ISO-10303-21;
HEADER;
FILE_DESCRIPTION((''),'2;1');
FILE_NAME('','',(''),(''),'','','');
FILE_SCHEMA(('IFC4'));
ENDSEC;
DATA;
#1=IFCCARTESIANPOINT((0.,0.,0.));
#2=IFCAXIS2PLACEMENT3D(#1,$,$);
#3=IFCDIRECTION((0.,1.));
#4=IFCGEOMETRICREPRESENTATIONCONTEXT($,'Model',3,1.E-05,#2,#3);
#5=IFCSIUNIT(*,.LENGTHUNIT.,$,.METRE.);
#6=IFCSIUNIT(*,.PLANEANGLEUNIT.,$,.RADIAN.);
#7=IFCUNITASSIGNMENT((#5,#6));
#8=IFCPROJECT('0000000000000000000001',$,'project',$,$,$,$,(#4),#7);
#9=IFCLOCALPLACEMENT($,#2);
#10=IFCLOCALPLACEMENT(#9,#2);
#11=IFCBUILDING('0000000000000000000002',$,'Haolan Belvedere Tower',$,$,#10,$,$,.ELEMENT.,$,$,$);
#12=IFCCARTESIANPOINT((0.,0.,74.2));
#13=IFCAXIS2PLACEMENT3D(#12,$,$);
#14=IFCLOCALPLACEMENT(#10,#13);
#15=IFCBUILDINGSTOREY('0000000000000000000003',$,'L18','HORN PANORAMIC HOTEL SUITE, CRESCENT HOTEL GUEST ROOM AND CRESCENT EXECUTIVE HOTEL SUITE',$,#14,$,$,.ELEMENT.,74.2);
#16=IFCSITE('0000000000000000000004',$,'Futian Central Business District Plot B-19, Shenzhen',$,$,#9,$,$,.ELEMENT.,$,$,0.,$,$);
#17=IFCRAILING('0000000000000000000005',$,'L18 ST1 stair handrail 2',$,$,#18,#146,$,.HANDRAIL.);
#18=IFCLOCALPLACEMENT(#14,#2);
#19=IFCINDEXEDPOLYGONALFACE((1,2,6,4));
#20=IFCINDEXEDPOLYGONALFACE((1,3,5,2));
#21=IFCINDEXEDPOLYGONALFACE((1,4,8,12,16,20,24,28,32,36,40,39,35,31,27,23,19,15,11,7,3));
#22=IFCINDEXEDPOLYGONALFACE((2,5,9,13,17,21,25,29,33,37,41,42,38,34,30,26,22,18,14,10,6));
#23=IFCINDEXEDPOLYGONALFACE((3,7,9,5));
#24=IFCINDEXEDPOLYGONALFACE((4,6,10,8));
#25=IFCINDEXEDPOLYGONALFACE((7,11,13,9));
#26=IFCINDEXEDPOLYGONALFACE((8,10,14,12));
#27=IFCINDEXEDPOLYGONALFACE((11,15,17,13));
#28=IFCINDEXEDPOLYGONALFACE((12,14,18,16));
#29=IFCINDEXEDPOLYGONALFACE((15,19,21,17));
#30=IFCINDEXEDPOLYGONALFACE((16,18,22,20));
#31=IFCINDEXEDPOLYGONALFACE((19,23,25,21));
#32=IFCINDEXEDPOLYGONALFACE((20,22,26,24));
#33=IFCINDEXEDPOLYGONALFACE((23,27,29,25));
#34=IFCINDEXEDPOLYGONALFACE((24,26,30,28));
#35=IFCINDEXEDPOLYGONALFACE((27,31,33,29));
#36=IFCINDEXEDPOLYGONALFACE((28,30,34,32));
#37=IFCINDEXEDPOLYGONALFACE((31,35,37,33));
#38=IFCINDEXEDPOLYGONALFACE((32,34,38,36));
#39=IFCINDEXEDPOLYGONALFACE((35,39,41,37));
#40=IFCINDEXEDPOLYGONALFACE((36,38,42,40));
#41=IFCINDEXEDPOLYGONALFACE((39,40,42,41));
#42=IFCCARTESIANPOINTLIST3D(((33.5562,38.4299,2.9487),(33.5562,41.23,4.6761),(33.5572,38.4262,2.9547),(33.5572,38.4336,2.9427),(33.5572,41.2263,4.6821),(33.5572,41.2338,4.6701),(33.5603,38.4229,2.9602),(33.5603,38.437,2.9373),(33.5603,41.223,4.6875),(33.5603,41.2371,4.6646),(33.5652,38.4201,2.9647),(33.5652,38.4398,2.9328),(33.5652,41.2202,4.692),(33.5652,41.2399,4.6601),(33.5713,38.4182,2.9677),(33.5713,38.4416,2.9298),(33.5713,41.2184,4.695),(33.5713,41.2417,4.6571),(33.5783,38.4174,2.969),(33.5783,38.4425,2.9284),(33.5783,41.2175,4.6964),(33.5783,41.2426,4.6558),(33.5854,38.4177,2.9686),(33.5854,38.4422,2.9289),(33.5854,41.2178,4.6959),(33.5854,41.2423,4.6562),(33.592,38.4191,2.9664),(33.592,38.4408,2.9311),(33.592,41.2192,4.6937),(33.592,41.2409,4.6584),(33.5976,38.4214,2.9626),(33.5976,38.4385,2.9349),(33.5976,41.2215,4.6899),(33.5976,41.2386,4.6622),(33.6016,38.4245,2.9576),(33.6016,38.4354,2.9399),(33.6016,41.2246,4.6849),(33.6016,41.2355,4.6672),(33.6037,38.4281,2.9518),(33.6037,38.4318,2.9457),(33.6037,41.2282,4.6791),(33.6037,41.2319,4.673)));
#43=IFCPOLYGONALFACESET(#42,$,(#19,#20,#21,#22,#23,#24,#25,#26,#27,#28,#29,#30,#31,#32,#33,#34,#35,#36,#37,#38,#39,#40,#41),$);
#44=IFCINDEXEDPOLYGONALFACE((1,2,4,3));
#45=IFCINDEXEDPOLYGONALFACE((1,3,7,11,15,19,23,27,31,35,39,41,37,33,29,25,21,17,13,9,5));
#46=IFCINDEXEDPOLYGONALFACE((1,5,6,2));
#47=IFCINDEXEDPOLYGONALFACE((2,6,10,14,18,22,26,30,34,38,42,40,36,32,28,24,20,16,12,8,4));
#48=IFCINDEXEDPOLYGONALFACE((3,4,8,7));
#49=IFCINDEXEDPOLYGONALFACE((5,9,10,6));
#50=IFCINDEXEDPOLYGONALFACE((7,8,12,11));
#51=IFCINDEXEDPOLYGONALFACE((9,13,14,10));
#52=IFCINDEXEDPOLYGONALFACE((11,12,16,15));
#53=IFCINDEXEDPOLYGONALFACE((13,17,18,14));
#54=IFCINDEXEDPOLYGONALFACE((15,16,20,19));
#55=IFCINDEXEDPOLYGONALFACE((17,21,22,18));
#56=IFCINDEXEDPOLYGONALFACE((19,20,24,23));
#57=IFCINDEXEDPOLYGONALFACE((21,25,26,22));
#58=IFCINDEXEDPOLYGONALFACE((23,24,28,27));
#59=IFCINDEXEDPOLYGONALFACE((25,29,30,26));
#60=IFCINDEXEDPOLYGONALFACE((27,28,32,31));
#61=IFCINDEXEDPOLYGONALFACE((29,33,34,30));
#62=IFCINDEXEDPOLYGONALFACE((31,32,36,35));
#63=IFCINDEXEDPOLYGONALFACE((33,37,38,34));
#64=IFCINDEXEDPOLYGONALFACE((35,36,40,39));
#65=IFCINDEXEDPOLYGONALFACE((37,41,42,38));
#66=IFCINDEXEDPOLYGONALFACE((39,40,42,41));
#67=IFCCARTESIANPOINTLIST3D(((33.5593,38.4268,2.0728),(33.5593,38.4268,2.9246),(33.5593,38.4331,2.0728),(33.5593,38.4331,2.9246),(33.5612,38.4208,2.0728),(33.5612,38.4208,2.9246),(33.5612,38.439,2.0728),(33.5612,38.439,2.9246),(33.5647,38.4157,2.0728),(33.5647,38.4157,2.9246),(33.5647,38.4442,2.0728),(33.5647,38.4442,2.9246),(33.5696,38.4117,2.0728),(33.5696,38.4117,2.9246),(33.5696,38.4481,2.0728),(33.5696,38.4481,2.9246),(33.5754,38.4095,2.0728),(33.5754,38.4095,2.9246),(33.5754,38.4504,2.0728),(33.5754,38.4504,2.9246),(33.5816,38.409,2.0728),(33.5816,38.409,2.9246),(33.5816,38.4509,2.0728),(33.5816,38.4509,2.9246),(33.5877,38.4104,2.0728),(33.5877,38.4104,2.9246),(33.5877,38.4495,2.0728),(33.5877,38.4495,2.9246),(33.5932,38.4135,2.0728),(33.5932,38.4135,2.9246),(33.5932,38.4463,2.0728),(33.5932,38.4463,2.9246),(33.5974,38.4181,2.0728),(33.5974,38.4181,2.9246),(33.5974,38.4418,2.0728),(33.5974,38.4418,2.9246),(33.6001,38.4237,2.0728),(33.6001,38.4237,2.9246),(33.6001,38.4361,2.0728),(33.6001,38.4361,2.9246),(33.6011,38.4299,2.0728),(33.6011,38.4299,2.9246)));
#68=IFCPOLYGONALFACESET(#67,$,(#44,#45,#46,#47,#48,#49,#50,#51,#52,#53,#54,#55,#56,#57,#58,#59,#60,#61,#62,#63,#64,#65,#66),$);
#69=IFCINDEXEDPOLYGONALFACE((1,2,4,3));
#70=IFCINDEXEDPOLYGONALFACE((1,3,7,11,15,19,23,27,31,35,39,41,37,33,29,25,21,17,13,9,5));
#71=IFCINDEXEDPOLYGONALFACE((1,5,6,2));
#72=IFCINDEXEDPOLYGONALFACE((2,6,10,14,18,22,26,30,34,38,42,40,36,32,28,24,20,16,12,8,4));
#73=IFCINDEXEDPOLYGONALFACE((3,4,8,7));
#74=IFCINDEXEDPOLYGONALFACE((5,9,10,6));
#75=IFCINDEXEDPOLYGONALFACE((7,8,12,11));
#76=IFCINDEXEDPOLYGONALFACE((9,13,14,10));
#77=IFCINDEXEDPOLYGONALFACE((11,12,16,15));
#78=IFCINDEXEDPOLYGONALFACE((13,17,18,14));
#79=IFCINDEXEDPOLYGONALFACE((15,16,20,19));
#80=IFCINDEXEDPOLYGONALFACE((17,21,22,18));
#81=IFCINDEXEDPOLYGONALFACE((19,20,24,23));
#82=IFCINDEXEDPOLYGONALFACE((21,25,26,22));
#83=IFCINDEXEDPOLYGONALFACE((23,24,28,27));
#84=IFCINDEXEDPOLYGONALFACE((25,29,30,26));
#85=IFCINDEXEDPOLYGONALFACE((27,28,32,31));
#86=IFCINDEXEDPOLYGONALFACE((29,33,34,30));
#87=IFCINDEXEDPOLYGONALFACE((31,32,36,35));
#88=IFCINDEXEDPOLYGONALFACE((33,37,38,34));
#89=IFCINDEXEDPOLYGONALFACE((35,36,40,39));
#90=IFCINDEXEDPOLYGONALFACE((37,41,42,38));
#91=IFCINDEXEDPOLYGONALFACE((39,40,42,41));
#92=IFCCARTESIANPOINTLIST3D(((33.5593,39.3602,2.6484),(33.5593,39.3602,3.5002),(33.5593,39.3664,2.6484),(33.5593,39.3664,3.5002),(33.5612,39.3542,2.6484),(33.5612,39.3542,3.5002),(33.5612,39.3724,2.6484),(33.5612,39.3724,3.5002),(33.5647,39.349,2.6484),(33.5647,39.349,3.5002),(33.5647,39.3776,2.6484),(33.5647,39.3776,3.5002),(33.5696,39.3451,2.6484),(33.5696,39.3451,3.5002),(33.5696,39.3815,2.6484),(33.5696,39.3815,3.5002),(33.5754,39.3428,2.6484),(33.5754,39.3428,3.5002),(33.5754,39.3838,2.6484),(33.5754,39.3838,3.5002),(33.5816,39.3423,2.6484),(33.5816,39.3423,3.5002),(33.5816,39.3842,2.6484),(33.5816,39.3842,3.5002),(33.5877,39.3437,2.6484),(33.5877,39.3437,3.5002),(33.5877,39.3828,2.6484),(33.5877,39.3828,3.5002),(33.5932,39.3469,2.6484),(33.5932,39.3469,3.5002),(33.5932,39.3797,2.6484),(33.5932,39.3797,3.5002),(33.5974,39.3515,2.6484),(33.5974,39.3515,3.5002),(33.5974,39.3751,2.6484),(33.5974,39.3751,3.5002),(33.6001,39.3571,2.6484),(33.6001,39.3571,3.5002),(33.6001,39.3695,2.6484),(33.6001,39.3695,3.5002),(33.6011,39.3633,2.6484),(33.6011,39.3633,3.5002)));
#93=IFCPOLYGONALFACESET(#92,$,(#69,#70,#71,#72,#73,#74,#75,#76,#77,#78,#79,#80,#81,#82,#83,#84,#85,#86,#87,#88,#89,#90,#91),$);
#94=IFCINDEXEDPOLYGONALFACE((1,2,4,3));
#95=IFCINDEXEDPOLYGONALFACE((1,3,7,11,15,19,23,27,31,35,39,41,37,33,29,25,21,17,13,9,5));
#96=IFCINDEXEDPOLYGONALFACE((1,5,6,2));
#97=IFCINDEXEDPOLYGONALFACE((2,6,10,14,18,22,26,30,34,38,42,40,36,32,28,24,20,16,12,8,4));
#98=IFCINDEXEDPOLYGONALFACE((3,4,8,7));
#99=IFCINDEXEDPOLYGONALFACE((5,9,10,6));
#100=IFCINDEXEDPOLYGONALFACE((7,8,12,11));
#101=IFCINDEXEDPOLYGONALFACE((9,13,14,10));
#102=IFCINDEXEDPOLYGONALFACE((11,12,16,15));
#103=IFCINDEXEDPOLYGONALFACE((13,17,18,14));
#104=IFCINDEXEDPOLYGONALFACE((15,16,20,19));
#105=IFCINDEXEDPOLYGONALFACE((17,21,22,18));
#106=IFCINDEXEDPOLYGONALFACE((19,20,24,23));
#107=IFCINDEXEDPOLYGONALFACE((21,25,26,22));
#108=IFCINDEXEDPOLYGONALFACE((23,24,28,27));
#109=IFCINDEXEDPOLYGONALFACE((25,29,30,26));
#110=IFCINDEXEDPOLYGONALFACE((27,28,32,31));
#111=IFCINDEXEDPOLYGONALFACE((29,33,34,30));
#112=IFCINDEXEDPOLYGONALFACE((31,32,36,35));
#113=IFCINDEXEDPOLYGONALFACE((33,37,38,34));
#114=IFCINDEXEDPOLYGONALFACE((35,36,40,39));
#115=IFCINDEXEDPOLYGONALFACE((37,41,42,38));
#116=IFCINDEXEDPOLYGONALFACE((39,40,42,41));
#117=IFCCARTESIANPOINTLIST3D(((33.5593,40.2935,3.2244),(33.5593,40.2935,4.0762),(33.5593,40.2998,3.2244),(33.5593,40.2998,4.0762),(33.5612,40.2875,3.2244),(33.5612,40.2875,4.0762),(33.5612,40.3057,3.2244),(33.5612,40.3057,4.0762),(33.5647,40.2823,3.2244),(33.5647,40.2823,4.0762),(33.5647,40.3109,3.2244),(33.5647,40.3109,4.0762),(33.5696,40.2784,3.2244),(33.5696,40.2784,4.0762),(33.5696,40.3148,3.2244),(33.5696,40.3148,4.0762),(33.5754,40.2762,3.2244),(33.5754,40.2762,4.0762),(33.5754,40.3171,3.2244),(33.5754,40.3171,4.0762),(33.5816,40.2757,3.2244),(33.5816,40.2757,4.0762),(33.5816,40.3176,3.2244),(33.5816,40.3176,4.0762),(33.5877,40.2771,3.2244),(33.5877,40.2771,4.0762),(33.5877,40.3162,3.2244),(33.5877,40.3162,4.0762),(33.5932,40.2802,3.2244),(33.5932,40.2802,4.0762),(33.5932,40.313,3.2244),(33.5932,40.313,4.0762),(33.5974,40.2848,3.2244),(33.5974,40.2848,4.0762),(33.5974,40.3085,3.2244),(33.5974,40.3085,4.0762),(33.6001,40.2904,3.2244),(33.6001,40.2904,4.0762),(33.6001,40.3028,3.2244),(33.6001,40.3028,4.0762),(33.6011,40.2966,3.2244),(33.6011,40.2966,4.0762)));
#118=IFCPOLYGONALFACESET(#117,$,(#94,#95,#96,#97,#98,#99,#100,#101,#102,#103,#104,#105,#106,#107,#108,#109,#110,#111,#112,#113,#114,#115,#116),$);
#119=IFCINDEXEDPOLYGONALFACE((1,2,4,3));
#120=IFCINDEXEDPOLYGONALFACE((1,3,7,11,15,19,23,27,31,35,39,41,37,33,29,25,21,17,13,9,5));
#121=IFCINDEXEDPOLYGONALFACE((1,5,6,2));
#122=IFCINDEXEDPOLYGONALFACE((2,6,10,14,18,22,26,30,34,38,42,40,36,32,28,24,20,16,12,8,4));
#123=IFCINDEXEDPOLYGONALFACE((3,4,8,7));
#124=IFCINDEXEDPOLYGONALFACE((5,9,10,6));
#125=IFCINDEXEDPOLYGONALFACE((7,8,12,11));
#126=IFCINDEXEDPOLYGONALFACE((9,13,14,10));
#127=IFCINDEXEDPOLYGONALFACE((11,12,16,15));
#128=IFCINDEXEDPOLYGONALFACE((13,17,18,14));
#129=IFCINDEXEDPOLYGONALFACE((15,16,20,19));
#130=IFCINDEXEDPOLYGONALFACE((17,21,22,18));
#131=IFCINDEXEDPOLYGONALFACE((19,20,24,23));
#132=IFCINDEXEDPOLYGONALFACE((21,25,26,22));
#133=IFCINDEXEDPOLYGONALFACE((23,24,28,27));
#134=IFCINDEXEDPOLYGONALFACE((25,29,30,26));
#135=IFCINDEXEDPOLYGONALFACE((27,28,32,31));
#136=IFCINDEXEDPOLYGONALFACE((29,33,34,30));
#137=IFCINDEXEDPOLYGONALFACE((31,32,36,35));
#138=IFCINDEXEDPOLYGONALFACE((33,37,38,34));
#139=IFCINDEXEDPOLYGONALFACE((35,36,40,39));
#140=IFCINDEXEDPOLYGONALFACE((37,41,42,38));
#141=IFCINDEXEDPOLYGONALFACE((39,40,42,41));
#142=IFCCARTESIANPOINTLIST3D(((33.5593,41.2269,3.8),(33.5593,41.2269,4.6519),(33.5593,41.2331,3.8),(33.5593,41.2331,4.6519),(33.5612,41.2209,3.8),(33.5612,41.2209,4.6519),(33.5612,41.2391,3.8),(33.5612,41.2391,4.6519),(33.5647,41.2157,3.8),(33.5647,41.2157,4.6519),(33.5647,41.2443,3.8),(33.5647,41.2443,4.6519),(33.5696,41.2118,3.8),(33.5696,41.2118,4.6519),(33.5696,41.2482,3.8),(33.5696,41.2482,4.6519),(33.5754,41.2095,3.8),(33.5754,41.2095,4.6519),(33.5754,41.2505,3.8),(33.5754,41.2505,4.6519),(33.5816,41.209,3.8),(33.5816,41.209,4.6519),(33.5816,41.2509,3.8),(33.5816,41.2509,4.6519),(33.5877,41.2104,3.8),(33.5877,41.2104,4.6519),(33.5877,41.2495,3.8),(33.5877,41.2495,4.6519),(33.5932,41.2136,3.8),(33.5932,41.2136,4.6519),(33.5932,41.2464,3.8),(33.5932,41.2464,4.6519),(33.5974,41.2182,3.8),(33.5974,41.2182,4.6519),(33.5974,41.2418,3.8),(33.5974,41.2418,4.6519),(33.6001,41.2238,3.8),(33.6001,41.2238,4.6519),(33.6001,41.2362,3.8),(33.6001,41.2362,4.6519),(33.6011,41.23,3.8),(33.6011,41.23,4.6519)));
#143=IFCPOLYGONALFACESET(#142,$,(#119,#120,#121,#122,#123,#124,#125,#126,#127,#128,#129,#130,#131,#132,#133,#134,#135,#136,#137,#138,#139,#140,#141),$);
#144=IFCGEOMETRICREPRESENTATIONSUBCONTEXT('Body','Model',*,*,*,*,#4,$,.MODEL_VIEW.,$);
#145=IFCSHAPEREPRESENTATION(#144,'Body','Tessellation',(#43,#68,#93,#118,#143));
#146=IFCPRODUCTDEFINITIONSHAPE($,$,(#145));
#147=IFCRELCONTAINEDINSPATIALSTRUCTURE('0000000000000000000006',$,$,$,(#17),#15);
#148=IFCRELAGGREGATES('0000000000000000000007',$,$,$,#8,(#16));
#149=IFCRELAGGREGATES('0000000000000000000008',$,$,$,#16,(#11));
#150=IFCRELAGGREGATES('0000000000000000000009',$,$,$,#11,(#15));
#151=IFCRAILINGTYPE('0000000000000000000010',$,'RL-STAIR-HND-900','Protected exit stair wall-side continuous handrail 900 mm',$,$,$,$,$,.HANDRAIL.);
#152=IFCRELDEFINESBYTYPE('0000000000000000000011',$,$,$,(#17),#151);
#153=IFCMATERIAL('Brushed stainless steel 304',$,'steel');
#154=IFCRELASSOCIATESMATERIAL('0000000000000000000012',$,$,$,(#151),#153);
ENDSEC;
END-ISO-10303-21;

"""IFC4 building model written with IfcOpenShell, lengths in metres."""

from ifc_helpers import new_model, si_unit, direction, frame, origin, origin_2d, place, context, subcontext, project, spatial, circle, extrude, material, type_object, element, save


model = new_model("IFC4")

# Units and contexts
model_context = context("Model", 3, precision=1e-05, world=origin(), true_north=direction((0.0, 1.0)))
body_context = subcontext(model_context, "Body", "Model", "MODEL_VIEW")
ifc_project = project(units=[si_unit("LENGTHUNIT", "METRE"), si_unit("PLANEANGLEUNIT", "RADIAN")], contexts=[model_context])

# Site, building, storey
site_placement = place(None, origin())
site = spatial("IfcSite", under=ifc_project, at=site_placement, Name="Futian Central Business District Plot B-19, Shenzhen", CompositionType="ELEMENT", RefElevation=0.0)
building_placement = place(site_placement, origin())
building = spatial("IfcBuilding", under=site, at=building_placement, Name="Haolan Belvedere Tower", CompositionType="ELEMENT")
storey_placement = place(building_placement, frame((0.0, 0.0, 74.2)))
storey = spatial("IfcBuildingStorey", under=building, at=storey_placement, Name="L18", Description="HORN PANORAMIC HOTEL SUITE, CRESCENT HOTEL GUEST ROOM AND CRESCENT EXECUTIVE HOTEL SUITE", CompositionType="ELEMENT", Elevation=74.2)

# Railing
ifc_material_1 = material(Name="Brushed stainless steel 304", Category="steel")
railing_type_1 = type_object("IfcRailingType", Name="RL-STAIR-HND-900", Description="Protected exit stair wall-side continuous handrail 900 mm", PredefinedType="HANDRAIL", material=ifc_material_1)
railing_1_placement = place(storey_placement, frame((33.5801, 38.4299, 2.0728)))
element("IfcRailing", 1, at=railing_1_placement, inside=storey, type_object=railing_type_1, Name="L18 ST1 stair handrail 2", PredefinedType="HANDRAIL", context=body_context, shape_type="SweptSolid", body=[
    extrude(circle(Radius=0.0239, at=origin_2d()), frame((0.0, 0.0, 0.876), z_axis=(0.0, 0.85109, 0.52502), x_axis=(-1.0, 0.0, 0.0)), (0.0, 0.0, 1.0), 3.29),
    extrude(circle(Radius=0.021, at=origin_2d()), origin(), (0.0, 0.0, 1.0), 0.8518),
    extrude(circle(Radius=0.021, at=origin_2d()), frame((0.0, 0.9333, 0.5757)), (0.0, 0.0, 1.0), 0.8518),
    extrude(circle(Radius=0.021, at=origin_2d()), frame((0.0, 1.8667, 1.1516)), (0.0, 0.0, 1.0), 0.8518),
    extrude(circle(Radius=0.021, at=origin_2d()), frame((0.0, 2.8, 1.7273)), (0.0, 0.0, 1.0), 0.8518),
])

save(model, "model.ifc")
